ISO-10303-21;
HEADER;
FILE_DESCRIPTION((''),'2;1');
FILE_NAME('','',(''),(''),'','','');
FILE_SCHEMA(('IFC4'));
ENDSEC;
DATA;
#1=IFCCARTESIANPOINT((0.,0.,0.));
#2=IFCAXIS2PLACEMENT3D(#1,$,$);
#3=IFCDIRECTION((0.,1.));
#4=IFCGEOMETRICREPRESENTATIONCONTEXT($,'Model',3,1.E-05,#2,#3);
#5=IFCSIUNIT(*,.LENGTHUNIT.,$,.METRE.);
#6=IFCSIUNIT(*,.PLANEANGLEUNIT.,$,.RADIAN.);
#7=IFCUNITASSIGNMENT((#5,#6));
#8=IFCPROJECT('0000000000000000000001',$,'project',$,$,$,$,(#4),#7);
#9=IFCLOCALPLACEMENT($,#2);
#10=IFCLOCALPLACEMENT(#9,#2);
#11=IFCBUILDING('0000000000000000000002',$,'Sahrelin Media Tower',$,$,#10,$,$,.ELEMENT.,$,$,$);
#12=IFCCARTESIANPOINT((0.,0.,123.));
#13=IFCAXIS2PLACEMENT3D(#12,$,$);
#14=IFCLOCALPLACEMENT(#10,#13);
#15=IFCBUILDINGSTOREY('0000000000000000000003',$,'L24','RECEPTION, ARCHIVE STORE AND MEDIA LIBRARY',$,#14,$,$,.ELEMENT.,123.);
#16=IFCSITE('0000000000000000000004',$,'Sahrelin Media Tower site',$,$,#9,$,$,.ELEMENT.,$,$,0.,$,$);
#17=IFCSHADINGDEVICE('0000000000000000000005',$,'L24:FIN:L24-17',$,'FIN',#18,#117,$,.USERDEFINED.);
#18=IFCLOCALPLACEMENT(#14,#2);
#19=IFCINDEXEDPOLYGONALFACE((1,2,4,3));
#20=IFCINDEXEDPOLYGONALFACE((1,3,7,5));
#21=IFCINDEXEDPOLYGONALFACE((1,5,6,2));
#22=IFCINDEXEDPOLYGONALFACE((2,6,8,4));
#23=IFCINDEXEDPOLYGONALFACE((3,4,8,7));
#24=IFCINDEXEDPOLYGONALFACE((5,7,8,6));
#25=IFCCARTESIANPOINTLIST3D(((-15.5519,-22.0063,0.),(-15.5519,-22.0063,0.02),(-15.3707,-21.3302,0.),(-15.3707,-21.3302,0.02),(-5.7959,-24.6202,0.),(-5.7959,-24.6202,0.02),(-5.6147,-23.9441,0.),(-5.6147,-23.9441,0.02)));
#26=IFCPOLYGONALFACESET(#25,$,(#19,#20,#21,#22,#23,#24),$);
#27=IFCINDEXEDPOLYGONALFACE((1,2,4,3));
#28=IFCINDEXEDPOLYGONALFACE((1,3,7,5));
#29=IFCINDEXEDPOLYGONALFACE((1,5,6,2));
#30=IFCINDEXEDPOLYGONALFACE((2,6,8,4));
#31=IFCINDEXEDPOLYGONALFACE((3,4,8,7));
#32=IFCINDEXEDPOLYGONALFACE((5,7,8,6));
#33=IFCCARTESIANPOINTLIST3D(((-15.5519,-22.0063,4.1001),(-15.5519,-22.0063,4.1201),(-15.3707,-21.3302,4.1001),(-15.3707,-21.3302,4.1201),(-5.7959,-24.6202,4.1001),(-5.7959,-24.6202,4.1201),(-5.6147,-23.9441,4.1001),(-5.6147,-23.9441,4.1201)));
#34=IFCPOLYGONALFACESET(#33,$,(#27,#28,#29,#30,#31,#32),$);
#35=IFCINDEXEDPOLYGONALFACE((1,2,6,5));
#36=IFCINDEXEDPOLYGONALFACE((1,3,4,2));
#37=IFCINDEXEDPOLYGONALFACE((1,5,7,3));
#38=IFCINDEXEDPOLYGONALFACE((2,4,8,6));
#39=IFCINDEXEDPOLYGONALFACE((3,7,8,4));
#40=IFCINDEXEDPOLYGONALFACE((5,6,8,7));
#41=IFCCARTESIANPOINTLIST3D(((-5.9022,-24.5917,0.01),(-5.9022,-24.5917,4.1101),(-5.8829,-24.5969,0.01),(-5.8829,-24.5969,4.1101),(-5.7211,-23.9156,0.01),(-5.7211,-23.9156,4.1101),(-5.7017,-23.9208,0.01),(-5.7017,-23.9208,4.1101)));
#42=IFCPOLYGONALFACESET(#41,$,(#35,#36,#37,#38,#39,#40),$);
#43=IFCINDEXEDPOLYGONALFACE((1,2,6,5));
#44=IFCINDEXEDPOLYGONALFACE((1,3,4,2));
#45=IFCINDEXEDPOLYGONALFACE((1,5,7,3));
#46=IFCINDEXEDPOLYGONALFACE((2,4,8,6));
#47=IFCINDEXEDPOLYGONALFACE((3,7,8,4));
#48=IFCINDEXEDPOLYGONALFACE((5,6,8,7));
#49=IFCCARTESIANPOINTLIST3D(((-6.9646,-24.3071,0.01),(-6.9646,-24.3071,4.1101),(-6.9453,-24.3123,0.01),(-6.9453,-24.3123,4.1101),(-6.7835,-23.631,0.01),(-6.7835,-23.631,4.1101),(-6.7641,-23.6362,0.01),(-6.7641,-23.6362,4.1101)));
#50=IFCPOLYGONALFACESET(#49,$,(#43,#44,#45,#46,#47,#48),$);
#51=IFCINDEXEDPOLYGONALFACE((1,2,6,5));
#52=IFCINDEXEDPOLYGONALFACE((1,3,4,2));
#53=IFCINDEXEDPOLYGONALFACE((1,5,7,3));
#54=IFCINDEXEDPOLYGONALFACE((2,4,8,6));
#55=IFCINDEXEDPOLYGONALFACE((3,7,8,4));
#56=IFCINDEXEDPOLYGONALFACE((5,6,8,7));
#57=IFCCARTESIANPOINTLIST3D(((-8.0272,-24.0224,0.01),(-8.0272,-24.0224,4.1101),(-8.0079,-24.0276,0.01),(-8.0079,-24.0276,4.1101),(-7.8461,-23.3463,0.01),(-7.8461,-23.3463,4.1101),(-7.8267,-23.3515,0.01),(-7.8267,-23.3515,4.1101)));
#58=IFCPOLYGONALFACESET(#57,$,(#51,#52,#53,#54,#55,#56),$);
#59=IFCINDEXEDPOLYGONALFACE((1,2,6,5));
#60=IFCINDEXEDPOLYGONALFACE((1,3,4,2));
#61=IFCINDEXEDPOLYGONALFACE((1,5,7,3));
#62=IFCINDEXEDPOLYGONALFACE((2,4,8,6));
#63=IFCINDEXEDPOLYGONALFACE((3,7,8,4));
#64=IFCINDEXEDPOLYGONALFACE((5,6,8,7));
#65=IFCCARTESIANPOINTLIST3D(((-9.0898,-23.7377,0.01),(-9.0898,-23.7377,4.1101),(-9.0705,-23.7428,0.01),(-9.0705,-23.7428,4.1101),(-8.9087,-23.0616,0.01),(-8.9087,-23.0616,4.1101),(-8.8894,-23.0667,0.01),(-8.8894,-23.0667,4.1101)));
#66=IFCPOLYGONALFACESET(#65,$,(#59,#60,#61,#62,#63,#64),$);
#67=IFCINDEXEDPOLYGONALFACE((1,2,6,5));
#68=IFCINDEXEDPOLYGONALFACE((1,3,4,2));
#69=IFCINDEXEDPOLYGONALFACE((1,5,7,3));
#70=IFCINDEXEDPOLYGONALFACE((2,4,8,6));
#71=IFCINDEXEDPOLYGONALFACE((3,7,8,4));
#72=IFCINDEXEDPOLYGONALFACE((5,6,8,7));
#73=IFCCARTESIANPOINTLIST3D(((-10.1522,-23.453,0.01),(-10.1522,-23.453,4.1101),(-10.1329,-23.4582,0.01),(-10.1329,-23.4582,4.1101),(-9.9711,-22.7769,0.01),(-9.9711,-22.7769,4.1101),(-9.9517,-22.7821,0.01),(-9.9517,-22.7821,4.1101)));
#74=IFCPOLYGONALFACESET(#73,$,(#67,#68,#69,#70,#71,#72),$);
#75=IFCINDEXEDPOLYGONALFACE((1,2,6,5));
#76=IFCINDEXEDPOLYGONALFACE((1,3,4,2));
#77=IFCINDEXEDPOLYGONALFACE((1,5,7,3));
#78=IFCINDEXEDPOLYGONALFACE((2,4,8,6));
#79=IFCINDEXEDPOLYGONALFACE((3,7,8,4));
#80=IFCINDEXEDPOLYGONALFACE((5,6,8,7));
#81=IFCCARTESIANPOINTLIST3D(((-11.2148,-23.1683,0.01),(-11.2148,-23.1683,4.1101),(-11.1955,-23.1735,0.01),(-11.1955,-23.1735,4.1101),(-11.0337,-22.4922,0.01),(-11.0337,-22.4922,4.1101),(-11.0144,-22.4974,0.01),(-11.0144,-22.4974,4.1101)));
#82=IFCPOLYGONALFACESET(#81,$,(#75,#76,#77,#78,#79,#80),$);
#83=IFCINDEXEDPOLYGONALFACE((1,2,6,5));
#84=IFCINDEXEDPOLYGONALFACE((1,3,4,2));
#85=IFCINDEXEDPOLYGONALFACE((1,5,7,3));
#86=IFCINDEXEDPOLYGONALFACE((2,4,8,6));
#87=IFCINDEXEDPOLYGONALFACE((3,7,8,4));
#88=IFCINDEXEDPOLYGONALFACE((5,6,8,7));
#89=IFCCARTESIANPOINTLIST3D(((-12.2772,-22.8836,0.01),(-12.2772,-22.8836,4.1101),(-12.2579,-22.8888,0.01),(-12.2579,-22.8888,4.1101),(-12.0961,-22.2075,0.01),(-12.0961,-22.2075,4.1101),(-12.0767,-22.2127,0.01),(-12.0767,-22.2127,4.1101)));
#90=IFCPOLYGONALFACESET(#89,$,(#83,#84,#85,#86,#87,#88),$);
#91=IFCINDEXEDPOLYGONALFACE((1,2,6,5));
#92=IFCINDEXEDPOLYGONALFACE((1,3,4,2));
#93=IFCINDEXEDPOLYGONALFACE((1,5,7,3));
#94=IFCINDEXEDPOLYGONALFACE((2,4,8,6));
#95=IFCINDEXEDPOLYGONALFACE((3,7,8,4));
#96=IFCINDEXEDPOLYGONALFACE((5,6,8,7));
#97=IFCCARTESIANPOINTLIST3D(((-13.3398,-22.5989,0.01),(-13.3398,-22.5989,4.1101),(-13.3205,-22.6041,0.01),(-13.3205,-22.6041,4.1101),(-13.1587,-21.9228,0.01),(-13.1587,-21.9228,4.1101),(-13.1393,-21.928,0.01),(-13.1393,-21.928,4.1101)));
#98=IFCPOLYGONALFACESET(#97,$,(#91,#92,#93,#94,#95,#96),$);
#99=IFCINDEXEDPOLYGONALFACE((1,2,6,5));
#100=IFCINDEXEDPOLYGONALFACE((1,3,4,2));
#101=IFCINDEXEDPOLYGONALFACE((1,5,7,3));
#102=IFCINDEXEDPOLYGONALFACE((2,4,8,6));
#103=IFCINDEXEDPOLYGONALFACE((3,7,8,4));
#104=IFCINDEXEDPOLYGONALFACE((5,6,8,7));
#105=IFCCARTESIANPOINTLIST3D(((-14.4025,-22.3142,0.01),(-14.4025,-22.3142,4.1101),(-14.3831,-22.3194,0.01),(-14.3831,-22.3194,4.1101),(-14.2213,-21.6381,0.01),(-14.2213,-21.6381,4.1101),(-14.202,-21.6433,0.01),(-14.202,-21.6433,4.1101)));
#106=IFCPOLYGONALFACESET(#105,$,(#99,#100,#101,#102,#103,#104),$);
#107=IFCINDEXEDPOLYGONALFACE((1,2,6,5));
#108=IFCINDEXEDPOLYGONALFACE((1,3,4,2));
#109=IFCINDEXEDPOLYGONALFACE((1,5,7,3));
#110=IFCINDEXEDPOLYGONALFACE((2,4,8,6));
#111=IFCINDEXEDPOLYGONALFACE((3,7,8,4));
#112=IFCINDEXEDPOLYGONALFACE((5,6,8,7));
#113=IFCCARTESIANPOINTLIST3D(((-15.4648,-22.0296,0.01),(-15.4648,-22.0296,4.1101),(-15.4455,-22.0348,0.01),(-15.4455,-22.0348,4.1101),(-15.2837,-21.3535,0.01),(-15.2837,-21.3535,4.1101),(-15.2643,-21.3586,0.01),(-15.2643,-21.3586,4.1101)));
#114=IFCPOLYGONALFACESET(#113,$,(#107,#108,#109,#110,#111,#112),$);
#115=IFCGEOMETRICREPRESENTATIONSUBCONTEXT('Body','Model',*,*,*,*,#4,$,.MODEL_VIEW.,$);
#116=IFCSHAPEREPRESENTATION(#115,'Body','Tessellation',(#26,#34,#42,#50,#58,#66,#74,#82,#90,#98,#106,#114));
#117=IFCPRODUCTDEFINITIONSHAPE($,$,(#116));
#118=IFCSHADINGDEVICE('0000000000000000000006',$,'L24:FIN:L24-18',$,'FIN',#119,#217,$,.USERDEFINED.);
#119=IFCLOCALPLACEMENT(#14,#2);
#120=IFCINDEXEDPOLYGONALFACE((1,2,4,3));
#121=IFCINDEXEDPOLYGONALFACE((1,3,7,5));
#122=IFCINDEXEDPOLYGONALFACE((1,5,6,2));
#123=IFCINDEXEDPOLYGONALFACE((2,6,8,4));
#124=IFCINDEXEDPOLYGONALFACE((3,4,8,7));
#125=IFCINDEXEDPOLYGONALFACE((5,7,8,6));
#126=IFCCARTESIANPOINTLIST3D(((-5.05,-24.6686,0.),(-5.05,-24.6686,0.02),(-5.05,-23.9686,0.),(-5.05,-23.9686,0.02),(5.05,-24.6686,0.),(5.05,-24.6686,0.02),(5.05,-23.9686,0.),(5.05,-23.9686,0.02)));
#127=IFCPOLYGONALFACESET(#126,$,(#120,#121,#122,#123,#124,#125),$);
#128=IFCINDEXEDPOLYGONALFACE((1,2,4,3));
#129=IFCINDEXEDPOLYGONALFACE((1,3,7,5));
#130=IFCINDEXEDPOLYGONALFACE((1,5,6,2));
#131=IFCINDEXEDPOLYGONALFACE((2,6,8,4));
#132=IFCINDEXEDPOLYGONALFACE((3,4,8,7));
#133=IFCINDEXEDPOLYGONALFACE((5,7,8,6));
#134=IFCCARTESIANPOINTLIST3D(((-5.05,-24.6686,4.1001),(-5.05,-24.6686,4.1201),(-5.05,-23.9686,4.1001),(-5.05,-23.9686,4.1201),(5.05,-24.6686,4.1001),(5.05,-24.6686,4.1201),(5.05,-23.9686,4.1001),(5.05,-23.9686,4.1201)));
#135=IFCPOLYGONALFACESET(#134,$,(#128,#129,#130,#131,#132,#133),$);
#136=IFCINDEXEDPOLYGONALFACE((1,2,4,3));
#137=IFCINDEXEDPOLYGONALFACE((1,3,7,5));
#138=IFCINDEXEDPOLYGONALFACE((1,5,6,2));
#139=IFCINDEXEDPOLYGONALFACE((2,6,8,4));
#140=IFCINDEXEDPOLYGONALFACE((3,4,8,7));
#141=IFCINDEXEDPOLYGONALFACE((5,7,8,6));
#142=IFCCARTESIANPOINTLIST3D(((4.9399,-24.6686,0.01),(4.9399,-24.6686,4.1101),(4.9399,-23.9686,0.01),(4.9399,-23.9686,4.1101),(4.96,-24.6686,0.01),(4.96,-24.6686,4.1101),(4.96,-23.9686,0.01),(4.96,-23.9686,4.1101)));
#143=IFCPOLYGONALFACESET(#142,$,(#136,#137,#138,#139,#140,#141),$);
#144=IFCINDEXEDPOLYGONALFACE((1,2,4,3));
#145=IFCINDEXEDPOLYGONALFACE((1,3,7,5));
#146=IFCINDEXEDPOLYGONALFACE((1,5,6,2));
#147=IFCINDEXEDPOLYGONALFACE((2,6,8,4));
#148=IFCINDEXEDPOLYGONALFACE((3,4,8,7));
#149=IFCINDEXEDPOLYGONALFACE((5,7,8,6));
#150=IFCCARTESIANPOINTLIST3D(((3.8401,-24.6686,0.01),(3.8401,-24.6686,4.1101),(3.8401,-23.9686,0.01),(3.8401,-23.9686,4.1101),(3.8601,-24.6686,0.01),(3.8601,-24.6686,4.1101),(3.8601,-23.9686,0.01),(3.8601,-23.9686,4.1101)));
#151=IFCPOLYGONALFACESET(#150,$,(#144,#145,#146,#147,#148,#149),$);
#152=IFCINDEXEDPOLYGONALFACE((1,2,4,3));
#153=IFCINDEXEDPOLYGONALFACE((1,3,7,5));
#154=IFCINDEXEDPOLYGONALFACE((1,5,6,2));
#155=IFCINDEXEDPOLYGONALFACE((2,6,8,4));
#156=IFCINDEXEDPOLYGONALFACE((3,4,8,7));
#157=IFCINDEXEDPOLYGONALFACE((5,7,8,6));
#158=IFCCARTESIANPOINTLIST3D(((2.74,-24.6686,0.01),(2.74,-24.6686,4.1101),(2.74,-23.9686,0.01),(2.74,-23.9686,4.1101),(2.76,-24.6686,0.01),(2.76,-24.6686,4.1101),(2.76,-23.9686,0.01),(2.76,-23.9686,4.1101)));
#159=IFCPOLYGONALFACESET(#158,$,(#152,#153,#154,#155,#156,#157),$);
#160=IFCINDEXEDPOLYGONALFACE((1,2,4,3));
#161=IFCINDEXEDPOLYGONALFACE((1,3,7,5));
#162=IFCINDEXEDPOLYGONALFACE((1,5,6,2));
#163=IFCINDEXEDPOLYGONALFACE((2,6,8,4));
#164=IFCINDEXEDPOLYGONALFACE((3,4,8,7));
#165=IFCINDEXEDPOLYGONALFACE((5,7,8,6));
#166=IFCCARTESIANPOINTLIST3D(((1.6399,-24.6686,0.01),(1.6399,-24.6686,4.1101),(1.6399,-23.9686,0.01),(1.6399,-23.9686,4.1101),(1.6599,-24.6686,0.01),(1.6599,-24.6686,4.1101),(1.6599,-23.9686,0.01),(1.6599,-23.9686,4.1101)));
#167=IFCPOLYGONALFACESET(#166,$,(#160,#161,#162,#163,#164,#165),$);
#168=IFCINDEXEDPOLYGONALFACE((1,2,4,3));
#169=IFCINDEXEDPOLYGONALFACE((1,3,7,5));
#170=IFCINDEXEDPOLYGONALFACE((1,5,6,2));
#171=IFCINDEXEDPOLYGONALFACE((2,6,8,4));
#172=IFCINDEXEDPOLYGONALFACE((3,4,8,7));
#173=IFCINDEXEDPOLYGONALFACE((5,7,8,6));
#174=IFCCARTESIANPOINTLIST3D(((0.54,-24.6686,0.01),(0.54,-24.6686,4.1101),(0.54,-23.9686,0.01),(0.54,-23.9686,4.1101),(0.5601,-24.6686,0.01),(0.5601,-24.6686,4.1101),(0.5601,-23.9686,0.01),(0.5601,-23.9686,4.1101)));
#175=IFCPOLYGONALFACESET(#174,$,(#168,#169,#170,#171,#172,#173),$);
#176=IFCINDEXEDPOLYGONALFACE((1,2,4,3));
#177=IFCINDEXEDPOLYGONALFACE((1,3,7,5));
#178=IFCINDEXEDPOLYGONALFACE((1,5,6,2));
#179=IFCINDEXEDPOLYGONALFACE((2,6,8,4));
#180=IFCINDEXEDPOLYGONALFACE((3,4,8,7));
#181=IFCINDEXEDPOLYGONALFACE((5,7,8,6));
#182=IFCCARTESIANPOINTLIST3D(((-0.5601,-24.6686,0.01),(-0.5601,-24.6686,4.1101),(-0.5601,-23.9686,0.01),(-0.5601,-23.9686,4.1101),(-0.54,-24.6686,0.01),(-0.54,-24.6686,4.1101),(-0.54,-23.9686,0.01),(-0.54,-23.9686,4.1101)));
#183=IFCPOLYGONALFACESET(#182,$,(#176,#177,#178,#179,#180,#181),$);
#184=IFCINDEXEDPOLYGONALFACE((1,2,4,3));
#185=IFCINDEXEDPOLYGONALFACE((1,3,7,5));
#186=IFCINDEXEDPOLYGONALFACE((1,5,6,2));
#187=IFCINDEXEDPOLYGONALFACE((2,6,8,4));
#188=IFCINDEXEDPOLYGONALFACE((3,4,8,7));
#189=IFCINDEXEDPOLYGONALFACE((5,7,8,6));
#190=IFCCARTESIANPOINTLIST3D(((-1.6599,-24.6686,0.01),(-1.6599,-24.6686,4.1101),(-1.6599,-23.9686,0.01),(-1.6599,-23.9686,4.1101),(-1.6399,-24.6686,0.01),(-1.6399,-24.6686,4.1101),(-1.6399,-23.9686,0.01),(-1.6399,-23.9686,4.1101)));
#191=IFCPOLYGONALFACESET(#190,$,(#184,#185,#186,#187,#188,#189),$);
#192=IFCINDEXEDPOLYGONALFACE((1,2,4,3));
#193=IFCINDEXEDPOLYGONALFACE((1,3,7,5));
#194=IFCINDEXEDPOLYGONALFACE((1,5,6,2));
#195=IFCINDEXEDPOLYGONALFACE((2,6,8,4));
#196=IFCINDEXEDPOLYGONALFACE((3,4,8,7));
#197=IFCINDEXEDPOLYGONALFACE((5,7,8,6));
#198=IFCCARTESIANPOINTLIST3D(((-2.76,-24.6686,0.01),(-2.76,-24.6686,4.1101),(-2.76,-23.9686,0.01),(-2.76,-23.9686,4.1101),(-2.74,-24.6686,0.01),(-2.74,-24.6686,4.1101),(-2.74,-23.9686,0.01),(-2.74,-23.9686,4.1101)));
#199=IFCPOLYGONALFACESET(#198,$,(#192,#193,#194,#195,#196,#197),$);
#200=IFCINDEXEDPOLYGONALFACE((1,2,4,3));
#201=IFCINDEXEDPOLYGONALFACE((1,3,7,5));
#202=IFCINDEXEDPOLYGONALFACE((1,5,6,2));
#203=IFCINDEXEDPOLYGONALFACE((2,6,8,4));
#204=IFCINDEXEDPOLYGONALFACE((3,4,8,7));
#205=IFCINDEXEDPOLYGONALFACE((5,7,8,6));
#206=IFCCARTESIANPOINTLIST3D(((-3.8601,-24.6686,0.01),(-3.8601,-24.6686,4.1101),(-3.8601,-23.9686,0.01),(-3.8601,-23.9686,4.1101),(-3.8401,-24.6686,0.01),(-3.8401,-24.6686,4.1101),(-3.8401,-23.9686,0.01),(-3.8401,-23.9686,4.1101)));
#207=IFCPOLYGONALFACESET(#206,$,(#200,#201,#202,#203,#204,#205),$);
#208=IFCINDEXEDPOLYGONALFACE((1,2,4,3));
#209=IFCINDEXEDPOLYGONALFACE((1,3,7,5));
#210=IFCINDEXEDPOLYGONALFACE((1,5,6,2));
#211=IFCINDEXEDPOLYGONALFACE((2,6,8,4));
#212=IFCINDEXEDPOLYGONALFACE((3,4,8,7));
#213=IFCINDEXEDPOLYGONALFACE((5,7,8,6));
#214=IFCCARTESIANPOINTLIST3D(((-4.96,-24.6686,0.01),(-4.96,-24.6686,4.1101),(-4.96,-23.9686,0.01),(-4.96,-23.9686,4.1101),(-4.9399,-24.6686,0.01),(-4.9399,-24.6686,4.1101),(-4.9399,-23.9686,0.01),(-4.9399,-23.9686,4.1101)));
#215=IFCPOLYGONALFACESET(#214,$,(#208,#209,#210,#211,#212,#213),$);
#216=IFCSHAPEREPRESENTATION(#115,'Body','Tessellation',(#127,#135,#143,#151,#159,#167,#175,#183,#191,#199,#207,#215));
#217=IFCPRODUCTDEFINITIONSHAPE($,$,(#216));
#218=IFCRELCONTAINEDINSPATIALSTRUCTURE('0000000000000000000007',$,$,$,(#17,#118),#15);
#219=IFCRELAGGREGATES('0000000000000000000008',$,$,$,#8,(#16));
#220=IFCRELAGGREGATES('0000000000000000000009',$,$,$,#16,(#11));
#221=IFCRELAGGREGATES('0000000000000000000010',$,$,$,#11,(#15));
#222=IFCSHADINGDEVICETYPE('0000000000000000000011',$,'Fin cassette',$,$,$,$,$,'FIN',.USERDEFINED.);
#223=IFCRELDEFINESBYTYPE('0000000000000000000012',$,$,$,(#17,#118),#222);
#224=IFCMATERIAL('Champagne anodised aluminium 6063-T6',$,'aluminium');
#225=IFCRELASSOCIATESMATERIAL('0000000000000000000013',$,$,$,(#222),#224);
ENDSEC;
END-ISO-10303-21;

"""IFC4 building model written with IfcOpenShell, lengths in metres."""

from ifc_helpers import new_model, si_unit, direction, frame, origin, origin_2d, place, context, subcontext, project, spatial, rectangle, extrude, material, type_object, element, save


model = new_model("IFC4")

# Units and contexts
model_context = context("Model", 3, precision=1e-05, world=origin(), true_north=direction((0.0, 1.0)))
body_context = subcontext(model_context, "Body", "Model", "MODEL_VIEW")
ifc_project = project(units=[si_unit("LENGTHUNIT", "METRE"), si_unit("PLANEANGLEUNIT", "RADIAN")], contexts=[model_context])

# Site, building, storey
site_placement = place(None, origin())
site = spatial("IfcSite", under=ifc_project, at=site_placement, Name="Sahrelin Media Tower site", CompositionType="ELEMENT", RefElevation=0.0)
building_placement = place(site_placement, origin())
building = spatial("IfcBuilding", under=site, at=building_placement, Name="Sahrelin Media Tower", CompositionType="ELEMENT")
storey_placement = place(building_placement, frame((0.0, 0.0, 123.0)))
storey = spatial("IfcBuildingStorey", under=building, at=storey_placement, Name="L24", Description="RECEPTION, ARCHIVE STORE AND MEDIA LIBRARY", CompositionType="ELEMENT", Elevation=123.0)

# Shared definitions
ifc_material_1 = material(Name="Champagne anodised aluminium 6063-T6", Category="aluminium")

# Shading devices
shading_device_type_1 = type_object("IfcShadingDeviceType", Name="Fin cassette", ElementType="FIN", PredefinedType="USERDEFINED", material=ifc_material_1)
placement_1 = place(storey_placement, frame((-10.4746, -22.5696, 0.0), z_axis=(0.0, 0.0, 1.0), x_axis=(-0.965929, 0.258808, 0.0)))
element("IfcShadingDevice", 1, at=placement_1, inside=storey, type_object=shading_device_type_1, Name="L24:FIN:L24-17", ObjectType="FIN", PredefinedType="USERDEFINED", context=body_context, shape_type="SweptSolid", body=[
    extrude(rectangle(XDim=10.1001, YDim=0.7, at=origin_2d()), frame((0.0, 0.4199, 0.0)), (0.0, 0.0, 1.0), 0.02),
    extrude(rectangle(XDim=10.1001, YDim=0.7, at=origin_2d()), frame((0.0, 0.4199, 4.1001)), (0.0, 0.0, 1.0), 0.02),
    extrude(rectangle(XDim=0.02, YDim=0.7, at=origin_2d()), frame((-4.95, 0.4199, 0.01), z_axis=(0.0, 0.0, 1.0), x_axis=(1.0, 0.0, 0.0)), (0.0, 0.0, 1.0), 4.1001),
    extrude(rectangle(XDim=0.02, YDim=0.7, at=origin_2d()), frame((-3.8501, 0.4199, 0.01), z_axis=(0.0, 0.0, 1.0), x_axis=(1.0, 0.0, 0.0)), (0.0, 0.0, 1.0), 4.1001),
    extrude(rectangle(XDim=0.02, YDim=0.7, at=origin_2d()), frame((-2.75, 0.4199, 0.01), z_axis=(0.0, 0.0, 1.0), x_axis=(1.0, 0.0, 0.0)), (0.0, 0.0, 1.0), 4.1001),
    extrude(rectangle(XDim=0.02, YDim=0.7, at=origin_2d()), frame((-1.6499, 0.4199, 0.01), z_axis=(0.0, 0.0, 1.0), x_axis=(1.0, 0.0, 0.0)), (0.0, 0.0, 1.0), 4.1001),
    extrude(rectangle(XDim=0.02, YDim=0.7, at=origin_2d()), frame((-0.55, 0.4199, 0.01), z_axis=(0.0, 0.0, 1.0), x_axis=(1.0, 0.0, 0.0)), (0.0, 0.0, 1.0), 4.1001),
    extrude(rectangle(XDim=0.02, YDim=0.7, at=origin_2d()), frame((0.55, 0.4199, 0.01), z_axis=(0.0, 0.0, 1.0), x_axis=(1.0, 0.0, 0.0)), (0.0, 0.0, 1.0), 4.1001),
    extrude(rectangle(XDim=0.02, YDim=0.7, at=origin_2d()), frame((1.6499, 0.4199, 0.01), z_axis=(0.0, 0.0, 1.0), x_axis=(1.0, 0.0, 0.0)), (0.0, 0.0, 1.0), 4.1001),
    extrude(rectangle(XDim=0.02, YDim=0.7, at=origin_2d()), frame((2.75, 0.4199, 0.01), z_axis=(0.0, 0.0, 1.0), x_axis=(1.0, 0.0, 0.0)), (0.0, 0.0, 1.0), 4.1001),
    extrude(rectangle(XDim=0.02, YDim=0.7, at=origin_2d()), frame((3.8501, 0.4199, 0.01), z_axis=(0.0, 0.0, 1.0), x_axis=(1.0, 0.0, 0.0)), (0.0, 0.0, 1.0), 4.1001),
    extrude(rectangle(XDim=0.02, YDim=0.7, at=origin_2d()), frame((4.95, 0.4199, 0.01), z_axis=(0.0, 0.0, 1.0), x_axis=(1.0, 0.0, 0.0)), (0.0, 0.0, 1.0), 4.1001),
])
placement_2 = place(storey_placement, frame((0.0, -23.8987, 0.0), z_axis=(0.0, 0.0, 1.0), x_axis=(-1.0, 0.0, 0.0)))
element("IfcShadingDevice", 2, at=placement_2, inside=storey, type_object=shading_device_type_1, Name="L24:FIN:L24-18", ObjectType="FIN", PredefinedType="USERDEFINED", context=body_context, shape_type="SweptSolid", body=[
    extrude(rectangle(XDim=10.1001, YDim=0.7, at=origin_2d()), frame((0.0, 0.4199, 0.0)), (0.0, 0.0, 1.0), 0.02),
    extrude(rectangle(XDim=10.1001, YDim=0.7, at=origin_2d()), frame((0.0, 0.4199, 4.1001)), (0.0, 0.0, 1.0), 0.02),
    extrude(rectangle(XDim=0.02, YDim=0.7, at=origin_2d()), frame((-4.95, 0.4199, 0.01), z_axis=(0.0, 0.0, 1.0), x_axis=(1.0, 0.0, 0.0)), (0.0, 0.0, 1.0), 4.1001),
    extrude(rectangle(XDim=0.02, YDim=0.7, at=origin_2d()), frame((-3.8501, 0.4199, 0.01), z_axis=(0.0, 0.0, 1.0), x_axis=(1.0, 0.0, 0.0)), (0.0, 0.0, 1.0), 4.1001),
    extrude(rectangle(XDim=0.02, YDim=0.7, at=origin_2d()), frame((-2.75, 0.4199, 0.01), z_axis=(0.0, 0.0, 1.0), x_axis=(1.0, 0.0, 0.0)), (0.0, 0.0, 1.0), 4.1001),
    extrude(rectangle(XDim=0.02, YDim=0.7, at=origin_2d()), frame((-1.6499, 0.4199, 0.01), z_axis=(0.0, 0.0, 1.0), x_axis=(1.0, 0.0, 0.0)), (0.0, 0.0, 1.0), 4.1001),
    extrude(rectangle(XDim=0.02, YDim=0.7, at=origin_2d()), frame((-0.55, 0.4199, 0.01), z_axis=(0.0, 0.0, 1.0), x_axis=(1.0, 0.0, 0.0)), (0.0, 0.0, 1.0), 4.1001),
    extrude(rectangle(XDim=0.02, YDim=0.7, at=origin_2d()), frame((0.55, 0.4199, 0.01), z_axis=(0.0, 0.0, 1.0), x_axis=(1.0, 0.0, 0.0)), (0.0, 0.0, 1.0), 4.1001),
    extrude(rectangle(XDim=0.02, YDim=0.7, at=origin_2d()), frame((1.6499, 0.4199, 0.01), z_axis=(0.0, 0.0, 1.0), x_axis=(1.0, 0.0, 0.0)), (0.0, 0.0, 1.0), 4.1001),
    extrude(rectangle(XDim=0.02, YDim=0.7, at=origin_2d()), frame((2.75, 0.4199, 0.01), z_axis=(0.0, 0.0, 1.0), x_axis=(1.0, 0.0, 0.0)), (0.0, 0.0, 1.0), 4.1001),
    extrude(rectangle(XDim=0.02, YDim=0.7, at=origin_2d()), frame((3.8501, 0.4199, 0.01), z_axis=(0.0, 0.0, 1.0), x_axis=(1.0, 0.0, 0.0)), (0.0, 0.0, 1.0), 4.1001),
    extrude(rectangle(XDim=0.02, YDim=0.7, at=origin_2d()), frame((4.95, 0.4199, 0.01), z_axis=(0.0, 0.0, 1.0), x_axis=(1.0, 0.0, 0.0)), (0.0, 0.0, 1.0), 4.1001),
])

save(model, "model.ifc")
